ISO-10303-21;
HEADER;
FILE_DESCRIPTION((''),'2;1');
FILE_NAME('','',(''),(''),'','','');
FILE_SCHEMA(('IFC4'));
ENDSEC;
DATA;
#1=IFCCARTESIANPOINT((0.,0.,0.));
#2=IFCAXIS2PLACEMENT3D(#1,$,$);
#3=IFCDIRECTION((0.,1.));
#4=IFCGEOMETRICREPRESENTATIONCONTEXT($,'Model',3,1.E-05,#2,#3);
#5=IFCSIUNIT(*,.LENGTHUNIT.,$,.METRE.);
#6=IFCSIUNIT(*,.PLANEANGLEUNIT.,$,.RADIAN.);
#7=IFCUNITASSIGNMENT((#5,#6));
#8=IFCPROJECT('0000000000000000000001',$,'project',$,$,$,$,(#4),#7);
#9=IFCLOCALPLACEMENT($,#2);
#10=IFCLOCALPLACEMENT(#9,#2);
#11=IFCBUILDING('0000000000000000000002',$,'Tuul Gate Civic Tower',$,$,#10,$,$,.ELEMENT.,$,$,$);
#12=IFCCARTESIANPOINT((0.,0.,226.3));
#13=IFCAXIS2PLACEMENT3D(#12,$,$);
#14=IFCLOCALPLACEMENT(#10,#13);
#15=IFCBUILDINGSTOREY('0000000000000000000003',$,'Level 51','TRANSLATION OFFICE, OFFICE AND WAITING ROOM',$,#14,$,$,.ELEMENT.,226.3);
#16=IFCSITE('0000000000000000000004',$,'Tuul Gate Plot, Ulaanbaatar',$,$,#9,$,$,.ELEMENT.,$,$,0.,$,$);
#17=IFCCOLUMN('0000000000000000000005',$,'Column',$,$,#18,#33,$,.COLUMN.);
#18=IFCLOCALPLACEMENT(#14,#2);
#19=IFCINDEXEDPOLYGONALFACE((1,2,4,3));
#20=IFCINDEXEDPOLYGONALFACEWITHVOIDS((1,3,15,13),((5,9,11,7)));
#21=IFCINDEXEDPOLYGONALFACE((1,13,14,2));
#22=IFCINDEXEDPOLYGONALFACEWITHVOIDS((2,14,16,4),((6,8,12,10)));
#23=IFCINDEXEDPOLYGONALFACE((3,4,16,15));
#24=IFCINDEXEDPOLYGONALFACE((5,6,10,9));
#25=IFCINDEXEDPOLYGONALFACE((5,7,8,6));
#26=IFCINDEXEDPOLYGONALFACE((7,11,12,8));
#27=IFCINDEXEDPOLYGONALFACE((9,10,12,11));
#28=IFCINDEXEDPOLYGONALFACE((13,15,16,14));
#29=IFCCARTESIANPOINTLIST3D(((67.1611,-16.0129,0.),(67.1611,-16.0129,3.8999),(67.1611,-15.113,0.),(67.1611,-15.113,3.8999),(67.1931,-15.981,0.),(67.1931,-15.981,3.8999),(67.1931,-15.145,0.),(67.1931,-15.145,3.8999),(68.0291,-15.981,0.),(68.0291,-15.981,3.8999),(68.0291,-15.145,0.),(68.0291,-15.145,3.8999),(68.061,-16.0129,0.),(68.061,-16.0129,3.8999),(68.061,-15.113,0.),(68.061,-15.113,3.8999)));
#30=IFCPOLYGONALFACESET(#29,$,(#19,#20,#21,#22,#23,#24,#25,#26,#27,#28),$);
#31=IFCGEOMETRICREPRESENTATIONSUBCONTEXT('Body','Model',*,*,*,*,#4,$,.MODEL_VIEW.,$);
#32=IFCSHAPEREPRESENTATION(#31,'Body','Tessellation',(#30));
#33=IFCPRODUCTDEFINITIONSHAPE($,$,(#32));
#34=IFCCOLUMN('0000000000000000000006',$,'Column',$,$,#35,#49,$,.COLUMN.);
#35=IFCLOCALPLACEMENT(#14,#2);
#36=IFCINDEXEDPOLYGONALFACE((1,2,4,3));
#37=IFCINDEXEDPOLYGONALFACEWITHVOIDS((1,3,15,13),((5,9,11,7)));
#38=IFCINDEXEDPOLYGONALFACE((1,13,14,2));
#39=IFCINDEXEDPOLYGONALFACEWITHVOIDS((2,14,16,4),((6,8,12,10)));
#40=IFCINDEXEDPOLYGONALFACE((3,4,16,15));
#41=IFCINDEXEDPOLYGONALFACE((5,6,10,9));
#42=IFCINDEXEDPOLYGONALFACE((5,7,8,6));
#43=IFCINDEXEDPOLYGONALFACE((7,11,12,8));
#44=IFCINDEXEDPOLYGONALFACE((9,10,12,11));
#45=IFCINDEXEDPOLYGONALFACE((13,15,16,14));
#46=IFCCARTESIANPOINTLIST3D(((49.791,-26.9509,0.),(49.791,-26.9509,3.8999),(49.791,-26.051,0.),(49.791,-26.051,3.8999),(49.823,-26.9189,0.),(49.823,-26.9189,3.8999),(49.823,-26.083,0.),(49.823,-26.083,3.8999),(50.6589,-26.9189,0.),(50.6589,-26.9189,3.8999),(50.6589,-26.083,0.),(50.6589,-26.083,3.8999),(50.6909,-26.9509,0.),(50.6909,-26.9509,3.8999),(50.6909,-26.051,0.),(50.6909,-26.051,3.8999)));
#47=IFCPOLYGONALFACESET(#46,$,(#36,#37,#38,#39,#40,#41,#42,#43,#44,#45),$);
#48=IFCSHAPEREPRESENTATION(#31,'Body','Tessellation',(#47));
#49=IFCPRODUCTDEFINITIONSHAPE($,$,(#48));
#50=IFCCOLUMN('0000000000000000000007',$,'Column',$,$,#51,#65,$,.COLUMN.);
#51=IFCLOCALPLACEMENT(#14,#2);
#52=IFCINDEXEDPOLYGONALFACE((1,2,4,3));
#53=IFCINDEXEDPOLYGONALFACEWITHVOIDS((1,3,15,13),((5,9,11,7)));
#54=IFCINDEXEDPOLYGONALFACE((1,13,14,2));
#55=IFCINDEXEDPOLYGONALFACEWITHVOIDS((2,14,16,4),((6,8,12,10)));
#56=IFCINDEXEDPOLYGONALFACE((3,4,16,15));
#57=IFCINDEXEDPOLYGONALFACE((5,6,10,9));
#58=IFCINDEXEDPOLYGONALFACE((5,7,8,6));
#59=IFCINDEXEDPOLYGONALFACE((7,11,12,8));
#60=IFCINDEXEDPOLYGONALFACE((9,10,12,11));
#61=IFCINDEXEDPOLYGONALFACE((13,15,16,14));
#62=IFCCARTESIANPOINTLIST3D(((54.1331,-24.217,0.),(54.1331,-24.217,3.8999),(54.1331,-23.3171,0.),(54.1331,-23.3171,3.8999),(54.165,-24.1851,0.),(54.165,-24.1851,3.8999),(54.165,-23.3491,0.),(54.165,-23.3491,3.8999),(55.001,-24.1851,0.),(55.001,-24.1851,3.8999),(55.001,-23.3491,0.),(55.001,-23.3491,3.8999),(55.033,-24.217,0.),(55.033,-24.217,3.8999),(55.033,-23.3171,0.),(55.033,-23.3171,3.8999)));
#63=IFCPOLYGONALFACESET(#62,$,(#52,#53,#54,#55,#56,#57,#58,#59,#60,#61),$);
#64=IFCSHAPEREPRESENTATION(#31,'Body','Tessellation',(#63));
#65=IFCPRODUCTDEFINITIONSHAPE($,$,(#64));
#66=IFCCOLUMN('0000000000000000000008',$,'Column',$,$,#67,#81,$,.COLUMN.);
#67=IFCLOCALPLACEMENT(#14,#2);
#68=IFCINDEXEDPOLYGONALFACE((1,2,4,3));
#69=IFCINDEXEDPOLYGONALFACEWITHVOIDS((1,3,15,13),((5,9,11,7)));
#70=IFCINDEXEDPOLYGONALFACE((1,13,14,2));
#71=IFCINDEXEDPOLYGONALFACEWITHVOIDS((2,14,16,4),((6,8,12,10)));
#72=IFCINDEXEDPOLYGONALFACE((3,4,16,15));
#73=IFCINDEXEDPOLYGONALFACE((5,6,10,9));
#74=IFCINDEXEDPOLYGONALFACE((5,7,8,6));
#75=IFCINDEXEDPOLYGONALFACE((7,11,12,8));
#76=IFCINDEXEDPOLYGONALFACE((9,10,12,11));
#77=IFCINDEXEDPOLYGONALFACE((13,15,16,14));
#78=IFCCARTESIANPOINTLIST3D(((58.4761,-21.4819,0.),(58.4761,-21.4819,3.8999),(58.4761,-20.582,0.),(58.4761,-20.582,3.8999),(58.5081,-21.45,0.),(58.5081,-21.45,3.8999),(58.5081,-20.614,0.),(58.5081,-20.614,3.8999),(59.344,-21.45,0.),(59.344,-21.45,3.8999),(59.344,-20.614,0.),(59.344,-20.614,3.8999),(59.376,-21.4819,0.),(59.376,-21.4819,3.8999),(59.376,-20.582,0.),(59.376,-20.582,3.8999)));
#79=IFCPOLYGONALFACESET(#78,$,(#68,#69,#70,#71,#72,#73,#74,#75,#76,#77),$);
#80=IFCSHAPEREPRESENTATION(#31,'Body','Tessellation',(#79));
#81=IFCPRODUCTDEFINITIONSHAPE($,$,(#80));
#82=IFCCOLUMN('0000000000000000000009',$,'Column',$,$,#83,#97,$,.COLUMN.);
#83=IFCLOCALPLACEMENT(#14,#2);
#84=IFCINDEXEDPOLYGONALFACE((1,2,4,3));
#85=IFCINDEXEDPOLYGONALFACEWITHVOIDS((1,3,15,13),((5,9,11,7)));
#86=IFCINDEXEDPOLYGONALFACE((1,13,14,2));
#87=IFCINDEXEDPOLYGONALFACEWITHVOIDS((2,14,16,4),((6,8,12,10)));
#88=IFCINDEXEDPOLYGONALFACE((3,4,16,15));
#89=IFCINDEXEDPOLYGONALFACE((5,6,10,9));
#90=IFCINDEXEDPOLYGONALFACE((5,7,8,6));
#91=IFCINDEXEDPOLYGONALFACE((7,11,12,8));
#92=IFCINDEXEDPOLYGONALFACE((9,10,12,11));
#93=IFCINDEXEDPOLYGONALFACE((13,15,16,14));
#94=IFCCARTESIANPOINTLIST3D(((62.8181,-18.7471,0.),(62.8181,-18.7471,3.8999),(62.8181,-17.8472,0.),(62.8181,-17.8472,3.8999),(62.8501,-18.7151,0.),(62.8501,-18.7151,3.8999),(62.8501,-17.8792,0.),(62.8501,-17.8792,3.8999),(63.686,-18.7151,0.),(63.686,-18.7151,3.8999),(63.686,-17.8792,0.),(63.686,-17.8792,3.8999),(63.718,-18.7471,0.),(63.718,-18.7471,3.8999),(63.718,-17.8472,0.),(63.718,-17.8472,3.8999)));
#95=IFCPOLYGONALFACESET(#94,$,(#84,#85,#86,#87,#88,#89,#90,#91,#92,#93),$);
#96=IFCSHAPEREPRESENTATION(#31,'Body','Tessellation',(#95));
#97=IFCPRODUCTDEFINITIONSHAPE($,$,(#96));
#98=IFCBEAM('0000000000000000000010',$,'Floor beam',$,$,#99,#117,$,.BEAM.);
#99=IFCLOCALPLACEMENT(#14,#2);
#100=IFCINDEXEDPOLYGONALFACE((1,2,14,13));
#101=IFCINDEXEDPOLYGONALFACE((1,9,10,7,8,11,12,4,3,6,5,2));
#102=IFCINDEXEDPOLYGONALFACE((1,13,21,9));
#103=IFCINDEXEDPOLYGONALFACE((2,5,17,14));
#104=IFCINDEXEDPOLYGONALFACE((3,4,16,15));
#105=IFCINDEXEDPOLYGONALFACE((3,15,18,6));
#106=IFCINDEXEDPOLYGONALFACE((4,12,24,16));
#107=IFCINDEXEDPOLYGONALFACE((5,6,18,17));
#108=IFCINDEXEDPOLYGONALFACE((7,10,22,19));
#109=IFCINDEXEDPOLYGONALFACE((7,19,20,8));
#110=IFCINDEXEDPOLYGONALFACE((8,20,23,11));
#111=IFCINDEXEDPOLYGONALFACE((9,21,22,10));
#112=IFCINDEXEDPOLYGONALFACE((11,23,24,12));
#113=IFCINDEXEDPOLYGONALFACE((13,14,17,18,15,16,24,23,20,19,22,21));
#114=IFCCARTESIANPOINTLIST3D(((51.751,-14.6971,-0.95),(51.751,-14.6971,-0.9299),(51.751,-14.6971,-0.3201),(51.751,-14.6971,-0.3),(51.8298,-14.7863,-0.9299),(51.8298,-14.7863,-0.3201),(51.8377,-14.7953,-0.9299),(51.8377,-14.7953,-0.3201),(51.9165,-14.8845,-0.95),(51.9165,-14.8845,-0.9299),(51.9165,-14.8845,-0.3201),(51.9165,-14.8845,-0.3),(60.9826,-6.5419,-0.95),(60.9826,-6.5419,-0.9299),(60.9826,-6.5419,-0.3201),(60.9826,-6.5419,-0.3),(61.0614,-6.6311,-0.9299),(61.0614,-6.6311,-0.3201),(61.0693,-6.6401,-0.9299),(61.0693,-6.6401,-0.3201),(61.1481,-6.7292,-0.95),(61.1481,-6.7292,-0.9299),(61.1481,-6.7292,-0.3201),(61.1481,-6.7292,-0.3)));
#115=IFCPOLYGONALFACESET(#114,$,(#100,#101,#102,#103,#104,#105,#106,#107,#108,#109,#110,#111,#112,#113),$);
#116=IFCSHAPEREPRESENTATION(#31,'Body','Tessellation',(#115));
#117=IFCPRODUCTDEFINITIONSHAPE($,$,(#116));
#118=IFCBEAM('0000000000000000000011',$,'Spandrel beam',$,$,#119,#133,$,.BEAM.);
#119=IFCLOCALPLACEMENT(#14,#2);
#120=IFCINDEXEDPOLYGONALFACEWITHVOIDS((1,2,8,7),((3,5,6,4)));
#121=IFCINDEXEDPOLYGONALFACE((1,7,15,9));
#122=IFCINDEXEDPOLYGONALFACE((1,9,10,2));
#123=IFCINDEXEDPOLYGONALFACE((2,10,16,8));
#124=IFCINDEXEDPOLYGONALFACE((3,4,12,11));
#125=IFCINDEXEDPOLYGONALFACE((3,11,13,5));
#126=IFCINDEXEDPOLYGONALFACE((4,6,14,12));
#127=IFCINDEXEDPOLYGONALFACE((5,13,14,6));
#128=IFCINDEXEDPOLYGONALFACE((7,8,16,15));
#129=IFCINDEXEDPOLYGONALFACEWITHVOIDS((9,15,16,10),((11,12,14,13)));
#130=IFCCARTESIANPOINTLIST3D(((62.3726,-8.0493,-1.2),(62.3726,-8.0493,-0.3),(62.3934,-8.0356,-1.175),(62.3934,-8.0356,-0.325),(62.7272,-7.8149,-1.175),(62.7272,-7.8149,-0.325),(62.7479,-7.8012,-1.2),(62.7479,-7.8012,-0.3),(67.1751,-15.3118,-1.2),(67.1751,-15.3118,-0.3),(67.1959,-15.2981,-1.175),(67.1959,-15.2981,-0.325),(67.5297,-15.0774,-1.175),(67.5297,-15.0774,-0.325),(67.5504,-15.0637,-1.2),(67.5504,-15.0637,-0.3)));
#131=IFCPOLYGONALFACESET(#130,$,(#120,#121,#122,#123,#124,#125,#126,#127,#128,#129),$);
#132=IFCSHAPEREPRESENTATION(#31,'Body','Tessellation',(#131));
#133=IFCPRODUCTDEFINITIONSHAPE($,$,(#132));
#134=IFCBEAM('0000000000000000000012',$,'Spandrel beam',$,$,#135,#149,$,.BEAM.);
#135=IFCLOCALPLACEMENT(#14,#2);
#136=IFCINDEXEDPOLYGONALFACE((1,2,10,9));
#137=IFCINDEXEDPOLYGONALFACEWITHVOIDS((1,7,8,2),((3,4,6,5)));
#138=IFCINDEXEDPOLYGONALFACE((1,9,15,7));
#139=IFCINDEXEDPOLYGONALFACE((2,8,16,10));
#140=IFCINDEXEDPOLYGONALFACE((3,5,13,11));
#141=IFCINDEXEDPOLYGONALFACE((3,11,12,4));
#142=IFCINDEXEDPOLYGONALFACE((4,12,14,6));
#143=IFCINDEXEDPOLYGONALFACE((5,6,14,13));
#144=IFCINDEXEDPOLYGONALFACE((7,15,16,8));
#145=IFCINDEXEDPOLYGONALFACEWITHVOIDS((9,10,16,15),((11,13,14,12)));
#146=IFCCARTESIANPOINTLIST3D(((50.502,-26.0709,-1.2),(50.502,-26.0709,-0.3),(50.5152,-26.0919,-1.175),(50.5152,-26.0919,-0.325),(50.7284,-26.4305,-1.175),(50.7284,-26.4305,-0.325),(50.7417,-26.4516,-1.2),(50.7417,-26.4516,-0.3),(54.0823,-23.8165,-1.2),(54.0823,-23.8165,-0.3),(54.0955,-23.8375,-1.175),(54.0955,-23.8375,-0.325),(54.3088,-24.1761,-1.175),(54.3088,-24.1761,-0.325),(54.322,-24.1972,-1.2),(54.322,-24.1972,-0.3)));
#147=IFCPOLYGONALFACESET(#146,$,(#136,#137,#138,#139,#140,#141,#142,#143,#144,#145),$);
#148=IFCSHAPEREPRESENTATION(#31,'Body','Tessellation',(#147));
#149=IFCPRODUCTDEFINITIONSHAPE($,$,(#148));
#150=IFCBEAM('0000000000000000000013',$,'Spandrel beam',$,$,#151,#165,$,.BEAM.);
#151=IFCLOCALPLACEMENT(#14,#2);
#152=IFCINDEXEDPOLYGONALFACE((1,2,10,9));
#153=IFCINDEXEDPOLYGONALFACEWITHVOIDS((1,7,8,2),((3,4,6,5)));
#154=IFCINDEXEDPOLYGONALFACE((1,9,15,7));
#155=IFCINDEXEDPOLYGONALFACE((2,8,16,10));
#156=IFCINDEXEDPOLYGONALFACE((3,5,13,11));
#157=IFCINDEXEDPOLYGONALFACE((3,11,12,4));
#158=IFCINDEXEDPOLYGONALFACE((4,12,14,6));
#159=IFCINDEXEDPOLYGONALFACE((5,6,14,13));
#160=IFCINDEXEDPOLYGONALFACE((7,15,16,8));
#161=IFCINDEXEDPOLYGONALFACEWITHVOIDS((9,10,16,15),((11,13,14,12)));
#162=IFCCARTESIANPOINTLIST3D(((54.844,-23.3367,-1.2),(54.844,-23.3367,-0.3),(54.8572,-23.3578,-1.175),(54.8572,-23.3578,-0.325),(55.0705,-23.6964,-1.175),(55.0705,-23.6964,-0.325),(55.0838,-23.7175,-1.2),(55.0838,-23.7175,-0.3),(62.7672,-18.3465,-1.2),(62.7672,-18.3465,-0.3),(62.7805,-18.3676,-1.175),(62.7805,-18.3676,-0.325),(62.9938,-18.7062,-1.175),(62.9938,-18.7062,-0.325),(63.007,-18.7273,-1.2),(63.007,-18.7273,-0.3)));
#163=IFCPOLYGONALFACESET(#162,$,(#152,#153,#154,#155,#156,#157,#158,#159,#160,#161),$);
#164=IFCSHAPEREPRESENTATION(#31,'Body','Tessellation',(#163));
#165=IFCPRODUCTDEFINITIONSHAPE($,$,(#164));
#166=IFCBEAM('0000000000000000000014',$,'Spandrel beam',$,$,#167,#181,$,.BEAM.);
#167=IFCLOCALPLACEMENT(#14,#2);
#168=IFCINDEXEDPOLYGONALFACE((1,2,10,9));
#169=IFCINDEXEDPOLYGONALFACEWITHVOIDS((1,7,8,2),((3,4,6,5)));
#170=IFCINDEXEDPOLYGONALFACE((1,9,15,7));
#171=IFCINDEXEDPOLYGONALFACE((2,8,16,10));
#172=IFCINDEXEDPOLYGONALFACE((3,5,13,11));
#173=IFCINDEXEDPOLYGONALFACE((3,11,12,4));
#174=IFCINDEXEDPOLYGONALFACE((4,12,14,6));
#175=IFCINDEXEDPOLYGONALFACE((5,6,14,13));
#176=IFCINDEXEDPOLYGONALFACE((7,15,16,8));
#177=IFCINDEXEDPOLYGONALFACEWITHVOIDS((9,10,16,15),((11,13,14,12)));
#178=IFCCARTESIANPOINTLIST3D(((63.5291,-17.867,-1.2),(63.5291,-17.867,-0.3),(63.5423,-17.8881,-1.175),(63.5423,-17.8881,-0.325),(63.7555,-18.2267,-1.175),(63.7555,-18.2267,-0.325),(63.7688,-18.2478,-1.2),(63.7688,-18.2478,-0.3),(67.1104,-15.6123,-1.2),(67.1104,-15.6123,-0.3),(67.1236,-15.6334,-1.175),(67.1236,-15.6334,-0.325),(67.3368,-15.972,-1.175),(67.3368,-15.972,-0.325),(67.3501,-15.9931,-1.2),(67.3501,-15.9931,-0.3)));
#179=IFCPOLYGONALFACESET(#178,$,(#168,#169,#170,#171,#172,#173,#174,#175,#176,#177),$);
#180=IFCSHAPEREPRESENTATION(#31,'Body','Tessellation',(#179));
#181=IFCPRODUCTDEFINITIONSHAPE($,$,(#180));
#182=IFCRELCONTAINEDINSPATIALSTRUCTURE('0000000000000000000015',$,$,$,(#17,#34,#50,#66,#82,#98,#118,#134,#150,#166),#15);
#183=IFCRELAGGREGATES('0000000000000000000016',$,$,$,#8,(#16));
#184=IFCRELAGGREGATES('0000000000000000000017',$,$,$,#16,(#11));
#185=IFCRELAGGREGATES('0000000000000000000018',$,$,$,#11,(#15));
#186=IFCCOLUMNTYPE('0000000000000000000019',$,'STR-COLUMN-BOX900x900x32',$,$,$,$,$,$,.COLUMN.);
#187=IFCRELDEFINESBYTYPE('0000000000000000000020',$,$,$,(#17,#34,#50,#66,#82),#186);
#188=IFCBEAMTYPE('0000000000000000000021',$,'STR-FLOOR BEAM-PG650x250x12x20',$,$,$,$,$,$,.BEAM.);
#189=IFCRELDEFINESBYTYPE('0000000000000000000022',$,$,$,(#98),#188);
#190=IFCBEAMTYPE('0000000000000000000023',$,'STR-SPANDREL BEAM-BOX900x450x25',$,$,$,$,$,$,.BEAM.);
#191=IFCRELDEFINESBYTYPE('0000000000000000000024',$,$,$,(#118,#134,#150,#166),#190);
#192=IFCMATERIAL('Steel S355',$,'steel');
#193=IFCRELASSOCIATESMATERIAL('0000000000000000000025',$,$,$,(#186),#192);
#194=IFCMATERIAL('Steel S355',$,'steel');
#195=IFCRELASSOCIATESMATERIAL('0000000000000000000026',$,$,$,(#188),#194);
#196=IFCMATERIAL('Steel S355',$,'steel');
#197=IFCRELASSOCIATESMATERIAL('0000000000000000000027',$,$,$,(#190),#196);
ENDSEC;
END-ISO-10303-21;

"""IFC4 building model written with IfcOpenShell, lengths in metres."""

from ifc_helpers import new_model, si_unit, direction, frame, origin, origin_2d, place, context, subcontext, project, spatial, hollow_rectangle, i_section, extrude, material, material_profile, profile_set, type_object, element, save


model = new_model("IFC4")

# Units and contexts
model_context = context("Model", 3, precision=1e-05, world=origin(), true_north=direction((0.0, 1.0)))
body_context = subcontext(model_context, "Body", "Model", "MODEL_VIEW")
ifc_project = project(units=[si_unit("LENGTHUNIT", "METRE"), si_unit("PLANEANGLEUNIT", "RADIAN")], contexts=[model_context])

# Site, building, storey
site_placement = place(None, origin())
site = spatial("IfcSite", under=ifc_project, at=site_placement, Name="Tuul Gate Plot, Ulaanbaatar", CompositionType="ELEMENT", RefElevation=0.0)
building_placement = place(site_placement, origin())
building = spatial("IfcBuilding", under=site, at=building_placement, Name="Tuul Gate Civic Tower", CompositionType="ELEMENT")
storey_placement = place(building_placement, frame((0.0, 0.0, 226.3)))
storey = spatial("IfcBuildingStorey", under=building, at=storey_placement, Name="Level 51", Description="TRANSLATION OFFICE, OFFICE AND WAITING ROOM", CompositionType="ELEMENT", Elevation=226.3)

# Columns
ifc_material_1 = material(Name="Steel S355", Category="steel")
ifc_material_profile_1 = material_profile(ifc_material_1, hollow_rectangle(XDim=0.8999, YDim=0.8999, WallThickness=0.032, at=origin_2d()), Name="BOX900x900x32")
ifc_profile_set_1 = profile_set([ifc_material_profile_1], Name="Steel S355")
column_type = type_object("IfcColumnType", Name="STR-COLUMN-BOX900x900x32", PredefinedType="COLUMN", material=ifc_profile_set_1)
for number, where, z_axis, x_axis, name in (
    (1, (67.6111, -15.563, 0.0), (0.0, 0.0, 1.0), (1.0, 0.0, 0.0), "Column"),
    (2, (50.241, -26.501, 0.0), (0.0, 0.0, 1.0), (1.0, 0.0, 0.0), "Column"),
    (3, (54.583, -23.7671, 0.0), (0.0, 0.0, 1.0), (1.0, 0.0, 0.0), "Column"),
    (4, (58.926, -21.032, 0.0), (0.0, 0.0, 1.0), (1.0, 0.0, 0.0), "Column"),
    (5, (63.2681, -18.2971, 0.0), (0.0, 0.0, 1.0), (1.0, 0.0, 0.0), "Column"),
):
    element("IfcColumn", number, at=place(storey_placement, frame(where, z_axis=z_axis, x_axis=x_axis)), inside=storey, type_object=column_type, Name=name, PredefinedType="COLUMN", context=body_context, shape_type="SweptSolid", body=[
        extrude(hollow_rectangle(XDim=0.8999, YDim=0.8999, WallThickness=0.032, at=origin_2d()), origin(), (0.0, 0.0, 1.0), 3.8999),
    ])

# Beams
ifc_material_2 = material(Name="Steel S355", Category="steel")
ifc_material_profile_2 = material_profile(ifc_material_2, i_section(OverallWidth=0.25, OverallDepth=0.6499, WebThickness=0.012, FlangeThickness=0.02, at=origin_2d()), Name="PG650x250x12x20")
ifc_profile_set_2 = profile_set([ifc_material_profile_2], Name="Steel S355")
beam_type_1 = type_object("IfcBeamType", Name="STR-FLOOR BEAM-PG650x250x12x20", PredefinedType="BEAM", material=ifc_profile_set_2)
beam_1_placement = place(storey_placement, frame((51.8337, -14.7908, -0.625), z_axis=(0.749448, 0.662063, 0.0), x_axis=(-0.662063, 0.749448, 0.0)))
element("IfcBeam", 6, at=beam_1_placement, inside=storey, type_object=beam_type_1, Name="Floor beam", PredefinedType="BEAM", context=body_context, shape_type="SweptSolid", body=[
    extrude(i_section(OverallWidth=0.25, OverallDepth=0.6499, WebThickness=0.012, FlangeThickness=0.02, at=origin_2d()), origin(), (0.0, 0.0, 1.0), 12.3179),
])
ifc_material_3 = material(Name="Steel S355", Category="steel")
ifc_material_profile_3 = material_profile(ifc_material_3, hollow_rectangle(XDim=0.45, YDim=0.8999, WallThickness=0.0249, at=origin_2d()), Name="BOX900x450x25")
ifc_profile_set_3 = profile_set([ifc_material_profile_3], Name="Steel S355")
beam_type_2 = type_object("IfcBeamType", Name="STR-SPANDREL BEAM-BOX900x450x25", PredefinedType="BEAM", material=ifc_profile_set_3)
beam_2_placement = place(storey_placement, frame((67.3628, -15.1877, -0.75), z_axis=(-0.551584, 0.834119, 0.0), x_axis=(-0.834119, -0.551584, 0.0)))
element("IfcBeam", 7, at=beam_2_placement, inside=storey, type_object=beam_type_2, Name="Spandrel beam", PredefinedType="BEAM", context=body_context, shape_type="SweptSolid", body=[
    extrude(hollow_rectangle(XDim=0.45, YDim=0.8999, WallThickness=0.0249, at=origin_2d()), origin(), (0.0, 0.0, 1.0), 8.7068),
])
beam_3_placement = place(storey_placement, frame((50.6218, -26.2612, -0.75), z_axis=(0.84622, 0.532833, 0.0), x_axis=(-0.532833, 0.84622, 0.0)))
element("IfcBeam", 8, at=beam_3_placement, inside=storey, type_object=beam_type_2, Name="Spandrel beam", PredefinedType="BEAM", context=body_context, shape_type="SweptSolid", body=[
    extrude(hollow_rectangle(XDim=0.45, YDim=0.8999, WallThickness=0.0249, at=origin_2d()), origin(), (0.0, 0.0, 1.0), 4.231),
])
beam_4_placement = place(storey_placement, frame((54.9639, -23.5271, -0.75), z_axis=(0.846162, 0.532925, 0.0), x_axis=(-0.532925, 0.846162, 0.0)))
element("IfcBeam", 9, at=beam_4_placement, inside=storey, type_object=beam_type_2, Name="Spandrel beam", PredefinedType="BEAM", context=body_context, shape_type="SweptSolid", body=[
    extrude(hollow_rectangle(XDim=0.45, YDim=0.8999, WallThickness=0.0249, at=origin_2d()), origin(), (0.0, 0.0, 1.0), 9.3638),
])
beam_5_placement = place(storey_placement, frame((63.6489, -18.0574, -0.75), z_axis=(0.84626, 0.53277, 0.0), x_axis=(-0.53277, 0.84626, 0.0)))
element("IfcBeam", 10, at=beam_5_placement, inside=storey, type_object=beam_type_2, Name="Spandrel beam", PredefinedType="BEAM", context=body_context, shape_type="SweptSolid", body=[
    extrude(hollow_rectangle(XDim=0.45, YDim=0.8999, WallThickness=0.0249, at=origin_2d()), origin(), (0.0, 0.0, 1.0), 4.2319),
])

save(model, "model.ifc")
